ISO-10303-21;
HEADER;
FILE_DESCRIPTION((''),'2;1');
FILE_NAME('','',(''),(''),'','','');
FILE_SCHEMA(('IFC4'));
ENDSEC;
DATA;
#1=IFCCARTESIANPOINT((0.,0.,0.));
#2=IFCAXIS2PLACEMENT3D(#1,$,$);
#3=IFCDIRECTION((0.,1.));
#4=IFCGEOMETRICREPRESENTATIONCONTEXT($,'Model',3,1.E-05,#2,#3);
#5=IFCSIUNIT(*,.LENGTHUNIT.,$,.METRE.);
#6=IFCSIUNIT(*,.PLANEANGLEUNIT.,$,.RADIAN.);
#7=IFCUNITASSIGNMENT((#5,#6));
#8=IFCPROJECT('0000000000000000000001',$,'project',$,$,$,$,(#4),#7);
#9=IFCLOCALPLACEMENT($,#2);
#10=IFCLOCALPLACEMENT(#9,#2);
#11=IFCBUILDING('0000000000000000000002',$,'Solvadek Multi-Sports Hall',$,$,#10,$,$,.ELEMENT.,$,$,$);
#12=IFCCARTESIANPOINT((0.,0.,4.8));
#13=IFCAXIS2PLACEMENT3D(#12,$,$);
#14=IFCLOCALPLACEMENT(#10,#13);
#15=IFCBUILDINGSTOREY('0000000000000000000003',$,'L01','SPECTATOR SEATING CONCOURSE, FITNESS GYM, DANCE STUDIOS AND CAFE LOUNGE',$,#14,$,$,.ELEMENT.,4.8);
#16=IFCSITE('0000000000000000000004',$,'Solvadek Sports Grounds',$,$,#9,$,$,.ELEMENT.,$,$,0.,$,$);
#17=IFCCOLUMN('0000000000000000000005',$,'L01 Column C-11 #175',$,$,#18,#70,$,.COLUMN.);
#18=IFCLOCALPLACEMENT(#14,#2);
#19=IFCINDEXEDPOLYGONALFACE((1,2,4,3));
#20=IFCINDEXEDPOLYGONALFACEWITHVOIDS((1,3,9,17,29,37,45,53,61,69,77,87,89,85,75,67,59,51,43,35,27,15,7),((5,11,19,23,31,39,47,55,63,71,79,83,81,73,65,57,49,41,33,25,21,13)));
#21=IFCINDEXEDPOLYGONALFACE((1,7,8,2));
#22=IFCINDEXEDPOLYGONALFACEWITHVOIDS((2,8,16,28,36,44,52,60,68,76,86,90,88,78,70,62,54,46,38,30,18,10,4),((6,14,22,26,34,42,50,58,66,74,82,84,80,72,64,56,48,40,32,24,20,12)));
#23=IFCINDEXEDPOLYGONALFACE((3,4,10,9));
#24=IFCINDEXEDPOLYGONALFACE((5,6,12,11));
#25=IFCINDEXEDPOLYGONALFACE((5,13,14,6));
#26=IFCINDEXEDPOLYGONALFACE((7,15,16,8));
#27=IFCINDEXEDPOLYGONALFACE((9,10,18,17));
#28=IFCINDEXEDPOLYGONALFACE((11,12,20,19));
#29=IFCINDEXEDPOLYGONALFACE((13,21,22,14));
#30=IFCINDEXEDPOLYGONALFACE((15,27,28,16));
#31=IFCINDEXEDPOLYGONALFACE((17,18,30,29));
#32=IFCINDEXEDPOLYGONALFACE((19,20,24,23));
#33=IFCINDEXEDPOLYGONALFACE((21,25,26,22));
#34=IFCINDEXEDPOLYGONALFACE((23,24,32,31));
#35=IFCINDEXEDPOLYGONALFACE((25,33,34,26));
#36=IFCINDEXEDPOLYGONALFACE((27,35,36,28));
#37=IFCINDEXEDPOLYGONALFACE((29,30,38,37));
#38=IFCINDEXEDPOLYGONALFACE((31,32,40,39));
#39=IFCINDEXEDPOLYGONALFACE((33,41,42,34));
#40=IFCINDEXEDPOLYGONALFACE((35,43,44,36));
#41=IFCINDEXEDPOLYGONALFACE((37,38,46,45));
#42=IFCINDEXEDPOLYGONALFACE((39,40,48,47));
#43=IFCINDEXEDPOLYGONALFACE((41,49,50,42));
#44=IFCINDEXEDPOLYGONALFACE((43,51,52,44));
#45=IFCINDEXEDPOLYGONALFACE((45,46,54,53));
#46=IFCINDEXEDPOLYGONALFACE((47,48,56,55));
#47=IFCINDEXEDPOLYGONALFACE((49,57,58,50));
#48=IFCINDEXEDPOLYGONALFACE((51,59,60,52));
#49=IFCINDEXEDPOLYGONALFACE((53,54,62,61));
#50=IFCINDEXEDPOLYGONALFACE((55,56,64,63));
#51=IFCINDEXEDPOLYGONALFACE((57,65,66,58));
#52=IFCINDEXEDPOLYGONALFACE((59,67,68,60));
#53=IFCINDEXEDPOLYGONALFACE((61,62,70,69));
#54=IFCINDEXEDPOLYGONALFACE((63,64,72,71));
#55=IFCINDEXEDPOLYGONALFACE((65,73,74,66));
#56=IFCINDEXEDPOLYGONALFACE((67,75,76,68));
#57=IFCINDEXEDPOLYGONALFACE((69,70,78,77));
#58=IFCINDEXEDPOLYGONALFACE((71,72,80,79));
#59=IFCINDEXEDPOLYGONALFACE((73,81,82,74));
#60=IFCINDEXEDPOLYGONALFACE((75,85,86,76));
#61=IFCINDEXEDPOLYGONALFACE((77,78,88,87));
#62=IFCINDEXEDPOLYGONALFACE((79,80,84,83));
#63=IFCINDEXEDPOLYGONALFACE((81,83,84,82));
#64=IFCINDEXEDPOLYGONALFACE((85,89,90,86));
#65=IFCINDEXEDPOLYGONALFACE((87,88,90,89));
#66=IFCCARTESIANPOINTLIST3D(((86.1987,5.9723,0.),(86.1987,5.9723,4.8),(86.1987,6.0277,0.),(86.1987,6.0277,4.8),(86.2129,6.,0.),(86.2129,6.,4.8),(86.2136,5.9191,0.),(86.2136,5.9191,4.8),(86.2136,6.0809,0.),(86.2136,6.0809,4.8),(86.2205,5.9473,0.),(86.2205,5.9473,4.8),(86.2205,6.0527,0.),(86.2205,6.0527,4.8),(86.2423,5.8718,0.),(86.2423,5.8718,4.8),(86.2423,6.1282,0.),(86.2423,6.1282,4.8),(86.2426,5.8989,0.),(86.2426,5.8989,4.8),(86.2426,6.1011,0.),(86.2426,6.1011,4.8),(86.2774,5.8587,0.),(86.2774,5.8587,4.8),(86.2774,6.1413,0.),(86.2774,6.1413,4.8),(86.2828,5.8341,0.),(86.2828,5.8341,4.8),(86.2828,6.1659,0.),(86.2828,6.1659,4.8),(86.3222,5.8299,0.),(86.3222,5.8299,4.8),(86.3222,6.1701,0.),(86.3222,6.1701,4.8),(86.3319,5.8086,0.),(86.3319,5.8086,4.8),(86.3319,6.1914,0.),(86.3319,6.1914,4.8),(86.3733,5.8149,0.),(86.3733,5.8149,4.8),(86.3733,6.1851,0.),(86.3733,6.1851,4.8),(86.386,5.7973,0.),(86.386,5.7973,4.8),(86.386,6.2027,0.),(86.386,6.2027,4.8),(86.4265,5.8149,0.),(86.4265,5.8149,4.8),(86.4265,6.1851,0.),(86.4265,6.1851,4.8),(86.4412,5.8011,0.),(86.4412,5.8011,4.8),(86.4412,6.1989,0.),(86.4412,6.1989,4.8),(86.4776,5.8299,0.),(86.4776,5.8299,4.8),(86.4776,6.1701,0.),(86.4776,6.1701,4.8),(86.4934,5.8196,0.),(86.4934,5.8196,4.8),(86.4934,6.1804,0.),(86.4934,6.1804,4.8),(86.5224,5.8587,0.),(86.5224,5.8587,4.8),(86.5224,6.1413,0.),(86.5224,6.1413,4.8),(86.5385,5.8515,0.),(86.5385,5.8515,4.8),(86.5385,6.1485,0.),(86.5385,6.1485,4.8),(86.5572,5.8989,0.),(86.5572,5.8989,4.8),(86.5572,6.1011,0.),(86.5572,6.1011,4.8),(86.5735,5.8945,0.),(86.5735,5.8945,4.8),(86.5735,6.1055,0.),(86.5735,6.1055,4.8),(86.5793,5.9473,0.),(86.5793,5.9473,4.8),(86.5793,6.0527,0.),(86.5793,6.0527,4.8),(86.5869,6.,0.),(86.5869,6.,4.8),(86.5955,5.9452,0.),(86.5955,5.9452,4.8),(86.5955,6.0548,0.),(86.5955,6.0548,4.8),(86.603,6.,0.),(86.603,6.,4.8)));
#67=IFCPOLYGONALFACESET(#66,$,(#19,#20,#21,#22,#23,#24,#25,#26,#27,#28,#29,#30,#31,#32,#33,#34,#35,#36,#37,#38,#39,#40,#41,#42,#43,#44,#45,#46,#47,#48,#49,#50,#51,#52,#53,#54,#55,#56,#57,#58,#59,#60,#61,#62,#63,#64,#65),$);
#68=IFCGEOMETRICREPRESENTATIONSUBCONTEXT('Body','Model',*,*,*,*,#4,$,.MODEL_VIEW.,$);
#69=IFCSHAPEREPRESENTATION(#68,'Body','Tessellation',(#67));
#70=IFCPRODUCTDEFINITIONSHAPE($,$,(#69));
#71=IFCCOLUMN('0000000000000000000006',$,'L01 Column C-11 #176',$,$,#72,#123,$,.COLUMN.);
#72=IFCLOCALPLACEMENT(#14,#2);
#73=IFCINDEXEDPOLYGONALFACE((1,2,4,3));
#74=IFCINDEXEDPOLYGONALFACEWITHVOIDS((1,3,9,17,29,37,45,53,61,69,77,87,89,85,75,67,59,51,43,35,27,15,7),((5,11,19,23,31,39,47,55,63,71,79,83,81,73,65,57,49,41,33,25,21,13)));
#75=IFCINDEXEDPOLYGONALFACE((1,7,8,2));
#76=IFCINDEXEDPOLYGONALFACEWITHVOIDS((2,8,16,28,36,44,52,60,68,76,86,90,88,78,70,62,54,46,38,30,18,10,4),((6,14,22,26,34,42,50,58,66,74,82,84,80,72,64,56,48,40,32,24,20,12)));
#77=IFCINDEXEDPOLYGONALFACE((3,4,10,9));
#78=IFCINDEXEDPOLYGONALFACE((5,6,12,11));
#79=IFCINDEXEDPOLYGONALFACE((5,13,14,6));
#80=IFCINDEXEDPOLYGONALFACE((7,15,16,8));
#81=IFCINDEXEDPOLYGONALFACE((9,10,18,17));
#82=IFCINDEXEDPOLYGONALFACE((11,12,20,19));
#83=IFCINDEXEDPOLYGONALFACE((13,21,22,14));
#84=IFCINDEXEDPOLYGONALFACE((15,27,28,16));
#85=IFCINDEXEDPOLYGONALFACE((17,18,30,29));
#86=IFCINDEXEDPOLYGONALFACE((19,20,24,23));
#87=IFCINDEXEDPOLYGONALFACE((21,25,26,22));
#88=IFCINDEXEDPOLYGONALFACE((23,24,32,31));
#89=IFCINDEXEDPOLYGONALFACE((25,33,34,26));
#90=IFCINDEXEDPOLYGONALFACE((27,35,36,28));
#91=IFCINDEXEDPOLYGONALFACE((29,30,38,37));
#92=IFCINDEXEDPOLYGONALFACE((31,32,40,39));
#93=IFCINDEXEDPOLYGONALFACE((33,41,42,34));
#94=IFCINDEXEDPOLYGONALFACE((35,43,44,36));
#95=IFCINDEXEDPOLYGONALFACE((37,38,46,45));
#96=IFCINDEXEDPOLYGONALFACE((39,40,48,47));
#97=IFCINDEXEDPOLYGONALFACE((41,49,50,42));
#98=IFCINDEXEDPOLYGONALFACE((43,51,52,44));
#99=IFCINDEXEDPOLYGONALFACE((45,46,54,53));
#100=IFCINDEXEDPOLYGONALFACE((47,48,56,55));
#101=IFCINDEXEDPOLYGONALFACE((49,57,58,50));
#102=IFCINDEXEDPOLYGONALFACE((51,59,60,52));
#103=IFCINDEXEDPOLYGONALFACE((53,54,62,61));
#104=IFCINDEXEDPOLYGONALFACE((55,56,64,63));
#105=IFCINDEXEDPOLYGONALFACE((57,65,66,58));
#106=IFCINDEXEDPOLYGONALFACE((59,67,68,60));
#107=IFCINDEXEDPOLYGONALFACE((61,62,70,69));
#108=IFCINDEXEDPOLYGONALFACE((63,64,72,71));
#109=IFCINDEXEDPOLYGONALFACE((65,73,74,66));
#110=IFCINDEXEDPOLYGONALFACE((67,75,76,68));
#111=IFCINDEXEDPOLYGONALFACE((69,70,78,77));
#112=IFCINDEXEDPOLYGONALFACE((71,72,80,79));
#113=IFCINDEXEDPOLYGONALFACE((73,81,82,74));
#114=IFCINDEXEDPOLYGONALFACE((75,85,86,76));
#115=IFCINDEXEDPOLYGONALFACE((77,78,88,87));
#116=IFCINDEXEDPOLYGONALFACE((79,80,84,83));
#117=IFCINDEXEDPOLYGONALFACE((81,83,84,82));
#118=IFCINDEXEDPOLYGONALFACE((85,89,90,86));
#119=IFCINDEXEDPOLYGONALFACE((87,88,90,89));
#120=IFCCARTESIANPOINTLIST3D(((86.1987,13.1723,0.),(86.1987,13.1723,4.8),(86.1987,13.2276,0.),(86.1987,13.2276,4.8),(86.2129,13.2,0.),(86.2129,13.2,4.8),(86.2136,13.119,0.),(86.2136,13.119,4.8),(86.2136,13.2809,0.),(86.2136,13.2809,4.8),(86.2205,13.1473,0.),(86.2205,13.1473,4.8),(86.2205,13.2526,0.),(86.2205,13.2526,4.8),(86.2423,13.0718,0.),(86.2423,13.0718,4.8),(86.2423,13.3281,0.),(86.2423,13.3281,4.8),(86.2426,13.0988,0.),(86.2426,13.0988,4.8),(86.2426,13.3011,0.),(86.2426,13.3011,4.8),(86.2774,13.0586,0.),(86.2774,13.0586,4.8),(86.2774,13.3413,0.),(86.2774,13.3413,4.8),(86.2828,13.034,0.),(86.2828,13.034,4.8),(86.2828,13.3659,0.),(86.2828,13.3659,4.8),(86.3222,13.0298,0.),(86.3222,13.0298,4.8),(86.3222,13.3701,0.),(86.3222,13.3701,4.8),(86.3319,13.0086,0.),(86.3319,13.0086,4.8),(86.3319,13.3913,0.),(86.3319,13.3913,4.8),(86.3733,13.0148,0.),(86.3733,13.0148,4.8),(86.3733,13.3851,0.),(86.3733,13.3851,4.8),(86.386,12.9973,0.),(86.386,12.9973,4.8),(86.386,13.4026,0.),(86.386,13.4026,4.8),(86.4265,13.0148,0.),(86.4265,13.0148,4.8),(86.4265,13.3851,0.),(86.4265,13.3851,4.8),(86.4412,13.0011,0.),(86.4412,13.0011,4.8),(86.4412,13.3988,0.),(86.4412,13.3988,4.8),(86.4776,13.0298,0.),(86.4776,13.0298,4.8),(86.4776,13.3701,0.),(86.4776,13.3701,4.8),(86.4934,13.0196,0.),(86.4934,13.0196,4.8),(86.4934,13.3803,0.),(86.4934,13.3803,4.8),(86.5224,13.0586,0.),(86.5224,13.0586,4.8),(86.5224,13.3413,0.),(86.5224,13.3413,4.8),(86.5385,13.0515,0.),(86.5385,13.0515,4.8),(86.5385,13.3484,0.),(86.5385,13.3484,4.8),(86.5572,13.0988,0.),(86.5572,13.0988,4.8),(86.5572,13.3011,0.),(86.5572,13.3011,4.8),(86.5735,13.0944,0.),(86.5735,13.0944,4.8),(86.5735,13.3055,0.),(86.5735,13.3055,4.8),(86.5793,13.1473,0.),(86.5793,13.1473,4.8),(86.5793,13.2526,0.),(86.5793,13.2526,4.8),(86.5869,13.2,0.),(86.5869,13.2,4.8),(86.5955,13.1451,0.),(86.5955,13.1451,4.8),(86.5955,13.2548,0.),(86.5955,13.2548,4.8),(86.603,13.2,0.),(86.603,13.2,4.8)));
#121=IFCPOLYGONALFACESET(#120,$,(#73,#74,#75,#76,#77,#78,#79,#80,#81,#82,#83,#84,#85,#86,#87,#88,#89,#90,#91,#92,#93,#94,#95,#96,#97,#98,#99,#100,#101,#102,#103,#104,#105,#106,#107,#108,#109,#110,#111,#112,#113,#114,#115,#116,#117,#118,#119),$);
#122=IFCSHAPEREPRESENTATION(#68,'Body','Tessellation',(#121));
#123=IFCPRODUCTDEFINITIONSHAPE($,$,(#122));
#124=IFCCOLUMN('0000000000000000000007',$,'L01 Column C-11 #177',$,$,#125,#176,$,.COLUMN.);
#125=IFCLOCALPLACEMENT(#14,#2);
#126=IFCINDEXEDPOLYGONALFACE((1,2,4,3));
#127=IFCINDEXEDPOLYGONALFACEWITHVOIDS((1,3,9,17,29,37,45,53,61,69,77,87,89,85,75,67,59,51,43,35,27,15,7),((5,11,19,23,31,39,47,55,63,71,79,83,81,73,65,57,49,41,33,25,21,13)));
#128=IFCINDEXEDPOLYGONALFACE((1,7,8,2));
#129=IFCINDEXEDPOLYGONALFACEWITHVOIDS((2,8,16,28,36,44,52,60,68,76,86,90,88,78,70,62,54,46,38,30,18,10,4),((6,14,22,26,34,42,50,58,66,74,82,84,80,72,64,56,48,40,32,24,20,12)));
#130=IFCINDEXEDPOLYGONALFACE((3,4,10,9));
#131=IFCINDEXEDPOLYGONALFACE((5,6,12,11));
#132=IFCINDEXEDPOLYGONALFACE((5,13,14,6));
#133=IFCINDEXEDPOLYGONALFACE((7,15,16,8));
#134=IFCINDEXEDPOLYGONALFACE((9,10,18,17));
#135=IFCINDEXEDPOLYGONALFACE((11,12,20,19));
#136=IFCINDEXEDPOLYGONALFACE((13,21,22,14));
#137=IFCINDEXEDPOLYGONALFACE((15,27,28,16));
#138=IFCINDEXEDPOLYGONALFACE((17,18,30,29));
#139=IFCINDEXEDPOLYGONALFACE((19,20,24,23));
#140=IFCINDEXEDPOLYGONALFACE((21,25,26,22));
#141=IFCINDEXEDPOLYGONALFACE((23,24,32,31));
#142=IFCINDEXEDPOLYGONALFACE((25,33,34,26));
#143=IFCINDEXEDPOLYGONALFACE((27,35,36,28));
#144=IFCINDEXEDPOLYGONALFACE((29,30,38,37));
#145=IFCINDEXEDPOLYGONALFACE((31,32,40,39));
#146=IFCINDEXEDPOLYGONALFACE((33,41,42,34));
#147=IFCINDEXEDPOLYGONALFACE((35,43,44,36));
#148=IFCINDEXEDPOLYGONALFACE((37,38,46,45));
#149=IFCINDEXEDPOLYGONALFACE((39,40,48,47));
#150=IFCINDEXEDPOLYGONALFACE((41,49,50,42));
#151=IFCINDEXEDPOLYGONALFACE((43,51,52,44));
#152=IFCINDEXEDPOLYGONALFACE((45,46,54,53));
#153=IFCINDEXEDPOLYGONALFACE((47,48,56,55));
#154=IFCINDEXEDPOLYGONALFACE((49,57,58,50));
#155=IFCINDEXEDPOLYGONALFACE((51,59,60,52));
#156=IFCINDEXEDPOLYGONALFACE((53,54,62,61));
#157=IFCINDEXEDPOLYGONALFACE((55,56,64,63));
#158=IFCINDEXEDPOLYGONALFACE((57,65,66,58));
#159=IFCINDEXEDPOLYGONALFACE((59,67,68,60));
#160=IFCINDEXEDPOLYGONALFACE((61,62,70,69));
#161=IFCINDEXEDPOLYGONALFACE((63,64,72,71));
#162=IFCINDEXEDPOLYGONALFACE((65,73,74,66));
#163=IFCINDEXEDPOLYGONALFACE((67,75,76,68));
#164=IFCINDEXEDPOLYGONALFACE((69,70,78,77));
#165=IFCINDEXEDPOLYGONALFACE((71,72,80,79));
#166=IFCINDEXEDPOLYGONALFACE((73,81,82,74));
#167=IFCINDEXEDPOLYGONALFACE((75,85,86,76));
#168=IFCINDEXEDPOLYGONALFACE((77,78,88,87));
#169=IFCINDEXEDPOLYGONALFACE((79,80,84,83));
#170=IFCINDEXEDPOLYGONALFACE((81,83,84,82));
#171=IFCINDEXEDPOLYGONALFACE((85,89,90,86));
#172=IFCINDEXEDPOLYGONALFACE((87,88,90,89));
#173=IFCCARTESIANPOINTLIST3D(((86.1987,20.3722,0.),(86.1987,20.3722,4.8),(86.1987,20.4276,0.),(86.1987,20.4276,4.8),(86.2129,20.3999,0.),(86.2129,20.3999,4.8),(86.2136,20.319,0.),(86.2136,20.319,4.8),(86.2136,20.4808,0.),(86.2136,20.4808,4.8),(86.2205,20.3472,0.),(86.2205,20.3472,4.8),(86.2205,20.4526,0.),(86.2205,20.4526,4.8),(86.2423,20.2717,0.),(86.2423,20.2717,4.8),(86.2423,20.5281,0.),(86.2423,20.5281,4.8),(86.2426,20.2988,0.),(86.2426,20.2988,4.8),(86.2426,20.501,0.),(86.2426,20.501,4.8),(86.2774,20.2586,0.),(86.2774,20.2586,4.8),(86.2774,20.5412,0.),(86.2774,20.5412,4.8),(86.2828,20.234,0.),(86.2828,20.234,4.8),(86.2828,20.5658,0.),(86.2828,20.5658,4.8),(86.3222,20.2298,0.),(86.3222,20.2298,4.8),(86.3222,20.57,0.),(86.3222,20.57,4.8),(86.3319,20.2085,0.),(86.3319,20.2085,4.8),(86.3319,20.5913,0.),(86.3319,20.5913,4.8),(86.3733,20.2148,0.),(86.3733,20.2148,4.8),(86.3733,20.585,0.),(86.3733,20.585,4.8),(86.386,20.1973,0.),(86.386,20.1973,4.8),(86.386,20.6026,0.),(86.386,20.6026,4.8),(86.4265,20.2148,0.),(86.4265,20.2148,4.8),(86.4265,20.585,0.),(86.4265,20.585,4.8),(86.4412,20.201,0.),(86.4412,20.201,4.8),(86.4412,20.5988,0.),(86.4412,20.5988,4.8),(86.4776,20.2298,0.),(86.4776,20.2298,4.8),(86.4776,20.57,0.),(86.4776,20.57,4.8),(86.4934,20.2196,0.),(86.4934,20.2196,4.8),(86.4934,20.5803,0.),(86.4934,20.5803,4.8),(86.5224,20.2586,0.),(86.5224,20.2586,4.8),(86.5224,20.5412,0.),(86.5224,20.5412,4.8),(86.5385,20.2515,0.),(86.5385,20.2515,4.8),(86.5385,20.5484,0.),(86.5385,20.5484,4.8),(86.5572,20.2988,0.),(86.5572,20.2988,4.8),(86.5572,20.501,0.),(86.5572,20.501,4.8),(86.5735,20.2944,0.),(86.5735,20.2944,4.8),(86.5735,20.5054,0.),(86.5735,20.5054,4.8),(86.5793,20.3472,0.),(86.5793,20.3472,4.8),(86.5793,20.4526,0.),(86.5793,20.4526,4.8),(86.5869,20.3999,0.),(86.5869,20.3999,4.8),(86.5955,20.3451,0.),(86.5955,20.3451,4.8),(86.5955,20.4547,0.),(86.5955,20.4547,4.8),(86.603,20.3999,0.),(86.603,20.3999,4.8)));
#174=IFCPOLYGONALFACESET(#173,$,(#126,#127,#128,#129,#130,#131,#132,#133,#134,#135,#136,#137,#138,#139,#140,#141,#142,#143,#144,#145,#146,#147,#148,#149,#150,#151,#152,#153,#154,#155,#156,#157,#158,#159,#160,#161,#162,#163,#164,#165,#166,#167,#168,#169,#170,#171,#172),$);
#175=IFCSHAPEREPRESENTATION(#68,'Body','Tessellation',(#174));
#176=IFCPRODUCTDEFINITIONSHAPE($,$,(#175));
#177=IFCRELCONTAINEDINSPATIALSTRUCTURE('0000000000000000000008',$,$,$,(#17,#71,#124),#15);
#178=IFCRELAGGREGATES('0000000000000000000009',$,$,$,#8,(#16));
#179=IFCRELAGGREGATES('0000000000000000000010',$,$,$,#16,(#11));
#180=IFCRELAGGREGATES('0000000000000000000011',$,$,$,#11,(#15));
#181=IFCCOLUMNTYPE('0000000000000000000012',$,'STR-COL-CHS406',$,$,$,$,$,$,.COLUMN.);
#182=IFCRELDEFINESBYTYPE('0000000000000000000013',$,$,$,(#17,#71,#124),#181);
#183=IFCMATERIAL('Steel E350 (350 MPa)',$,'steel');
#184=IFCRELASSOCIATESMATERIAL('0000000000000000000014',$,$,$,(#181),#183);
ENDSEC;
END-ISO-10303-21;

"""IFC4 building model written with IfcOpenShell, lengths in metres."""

from ifc_helpers import new_model, si_unit, direction, frame, origin, origin_2d, place, context, subcontext, project, spatial, hollow_circle, extrude, material, material_profile, profile_set, type_object, element, save


model = new_model("IFC4")

# Units and contexts
model_context = context("Model", 3, precision=1e-05, world=origin(), true_north=direction((0.0, 1.0)))
body_context = subcontext(model_context, "Body", "Model", "MODEL_VIEW")
ifc_project = project(units=[si_unit("LENGTHUNIT", "METRE"), si_unit("PLANEANGLEUNIT", "RADIAN")], contexts=[model_context])

# Site, building, storey
site_placement = place(None, origin())
site = spatial("IfcSite", under=ifc_project, at=site_placement, Name="Solvadek Sports Grounds", CompositionType="ELEMENT", RefElevation=0.0)
building_placement = place(site_placement, origin())
building = spatial("IfcBuilding", under=site, at=building_placement, Name="Solvadek Multi-Sports Hall", CompositionType="ELEMENT")
storey_placement = place(building_placement, frame((0.0, 0.0, 4.8)))
storey = spatial("IfcBuildingStorey", under=building, at=storey_placement, Name="L01", Description="SPECTATOR SEATING CONCOURSE, FITNESS GYM, DANCE STUDIOS AND CAFE LOUNGE", CompositionType="ELEMENT", Elevation=4.8)

# Columns
ifc_material_1 = material(Name="Steel E350 (350 MPa)", Category="steel")
ifc_material_profile_1 = material_profile(ifc_material_1, hollow_circle(Radius=0.2031, WallThickness=0.0161, at=origin_2d()), Name="CHS 406.4x16")
ifc_profile_set_1 = profile_set([ifc_material_profile_1], Name="Steel E350 (350 MPa)")
column_type_1 = type_object("IfcColumnType", Name="STR-COL-CHS406", PredefinedType="COLUMN", material=ifc_profile_set_1)
for number, where, z_axis, x_axis, name in (
    (1, (86.3999, 6.0, 0.0), (0.0, 0.0, 1.0), (1.0, 0.0, 0.0), "L01 Column C-11 #175"),
    (2, (86.3999, 13.2, 0.0), (0.0, 0.0, 1.0), (1.0, 0.0, 0.0), "L01 Column C-11 #176"),
    (3, (86.3999, 20.3999, 0.0), (0.0, 0.0, 1.0), (1.0, 0.0, 0.0), "L01 Column C-11 #177"),
):
    element("IfcColumn", number, at=place(storey_placement, frame(where, z_axis=z_axis, x_axis=x_axis)), inside=storey, type_object=column_type_1, Name=name, PredefinedType="COLUMN", context=body_context, shape_type="SweptSolid", body=[
        extrude(hollow_circle(Radius=0.2031, WallThickness=0.0161, at=origin_2d()), origin(), (0.0, 0.0, 1.0), 4.8),
    ])

save(model, "model.ifc")
